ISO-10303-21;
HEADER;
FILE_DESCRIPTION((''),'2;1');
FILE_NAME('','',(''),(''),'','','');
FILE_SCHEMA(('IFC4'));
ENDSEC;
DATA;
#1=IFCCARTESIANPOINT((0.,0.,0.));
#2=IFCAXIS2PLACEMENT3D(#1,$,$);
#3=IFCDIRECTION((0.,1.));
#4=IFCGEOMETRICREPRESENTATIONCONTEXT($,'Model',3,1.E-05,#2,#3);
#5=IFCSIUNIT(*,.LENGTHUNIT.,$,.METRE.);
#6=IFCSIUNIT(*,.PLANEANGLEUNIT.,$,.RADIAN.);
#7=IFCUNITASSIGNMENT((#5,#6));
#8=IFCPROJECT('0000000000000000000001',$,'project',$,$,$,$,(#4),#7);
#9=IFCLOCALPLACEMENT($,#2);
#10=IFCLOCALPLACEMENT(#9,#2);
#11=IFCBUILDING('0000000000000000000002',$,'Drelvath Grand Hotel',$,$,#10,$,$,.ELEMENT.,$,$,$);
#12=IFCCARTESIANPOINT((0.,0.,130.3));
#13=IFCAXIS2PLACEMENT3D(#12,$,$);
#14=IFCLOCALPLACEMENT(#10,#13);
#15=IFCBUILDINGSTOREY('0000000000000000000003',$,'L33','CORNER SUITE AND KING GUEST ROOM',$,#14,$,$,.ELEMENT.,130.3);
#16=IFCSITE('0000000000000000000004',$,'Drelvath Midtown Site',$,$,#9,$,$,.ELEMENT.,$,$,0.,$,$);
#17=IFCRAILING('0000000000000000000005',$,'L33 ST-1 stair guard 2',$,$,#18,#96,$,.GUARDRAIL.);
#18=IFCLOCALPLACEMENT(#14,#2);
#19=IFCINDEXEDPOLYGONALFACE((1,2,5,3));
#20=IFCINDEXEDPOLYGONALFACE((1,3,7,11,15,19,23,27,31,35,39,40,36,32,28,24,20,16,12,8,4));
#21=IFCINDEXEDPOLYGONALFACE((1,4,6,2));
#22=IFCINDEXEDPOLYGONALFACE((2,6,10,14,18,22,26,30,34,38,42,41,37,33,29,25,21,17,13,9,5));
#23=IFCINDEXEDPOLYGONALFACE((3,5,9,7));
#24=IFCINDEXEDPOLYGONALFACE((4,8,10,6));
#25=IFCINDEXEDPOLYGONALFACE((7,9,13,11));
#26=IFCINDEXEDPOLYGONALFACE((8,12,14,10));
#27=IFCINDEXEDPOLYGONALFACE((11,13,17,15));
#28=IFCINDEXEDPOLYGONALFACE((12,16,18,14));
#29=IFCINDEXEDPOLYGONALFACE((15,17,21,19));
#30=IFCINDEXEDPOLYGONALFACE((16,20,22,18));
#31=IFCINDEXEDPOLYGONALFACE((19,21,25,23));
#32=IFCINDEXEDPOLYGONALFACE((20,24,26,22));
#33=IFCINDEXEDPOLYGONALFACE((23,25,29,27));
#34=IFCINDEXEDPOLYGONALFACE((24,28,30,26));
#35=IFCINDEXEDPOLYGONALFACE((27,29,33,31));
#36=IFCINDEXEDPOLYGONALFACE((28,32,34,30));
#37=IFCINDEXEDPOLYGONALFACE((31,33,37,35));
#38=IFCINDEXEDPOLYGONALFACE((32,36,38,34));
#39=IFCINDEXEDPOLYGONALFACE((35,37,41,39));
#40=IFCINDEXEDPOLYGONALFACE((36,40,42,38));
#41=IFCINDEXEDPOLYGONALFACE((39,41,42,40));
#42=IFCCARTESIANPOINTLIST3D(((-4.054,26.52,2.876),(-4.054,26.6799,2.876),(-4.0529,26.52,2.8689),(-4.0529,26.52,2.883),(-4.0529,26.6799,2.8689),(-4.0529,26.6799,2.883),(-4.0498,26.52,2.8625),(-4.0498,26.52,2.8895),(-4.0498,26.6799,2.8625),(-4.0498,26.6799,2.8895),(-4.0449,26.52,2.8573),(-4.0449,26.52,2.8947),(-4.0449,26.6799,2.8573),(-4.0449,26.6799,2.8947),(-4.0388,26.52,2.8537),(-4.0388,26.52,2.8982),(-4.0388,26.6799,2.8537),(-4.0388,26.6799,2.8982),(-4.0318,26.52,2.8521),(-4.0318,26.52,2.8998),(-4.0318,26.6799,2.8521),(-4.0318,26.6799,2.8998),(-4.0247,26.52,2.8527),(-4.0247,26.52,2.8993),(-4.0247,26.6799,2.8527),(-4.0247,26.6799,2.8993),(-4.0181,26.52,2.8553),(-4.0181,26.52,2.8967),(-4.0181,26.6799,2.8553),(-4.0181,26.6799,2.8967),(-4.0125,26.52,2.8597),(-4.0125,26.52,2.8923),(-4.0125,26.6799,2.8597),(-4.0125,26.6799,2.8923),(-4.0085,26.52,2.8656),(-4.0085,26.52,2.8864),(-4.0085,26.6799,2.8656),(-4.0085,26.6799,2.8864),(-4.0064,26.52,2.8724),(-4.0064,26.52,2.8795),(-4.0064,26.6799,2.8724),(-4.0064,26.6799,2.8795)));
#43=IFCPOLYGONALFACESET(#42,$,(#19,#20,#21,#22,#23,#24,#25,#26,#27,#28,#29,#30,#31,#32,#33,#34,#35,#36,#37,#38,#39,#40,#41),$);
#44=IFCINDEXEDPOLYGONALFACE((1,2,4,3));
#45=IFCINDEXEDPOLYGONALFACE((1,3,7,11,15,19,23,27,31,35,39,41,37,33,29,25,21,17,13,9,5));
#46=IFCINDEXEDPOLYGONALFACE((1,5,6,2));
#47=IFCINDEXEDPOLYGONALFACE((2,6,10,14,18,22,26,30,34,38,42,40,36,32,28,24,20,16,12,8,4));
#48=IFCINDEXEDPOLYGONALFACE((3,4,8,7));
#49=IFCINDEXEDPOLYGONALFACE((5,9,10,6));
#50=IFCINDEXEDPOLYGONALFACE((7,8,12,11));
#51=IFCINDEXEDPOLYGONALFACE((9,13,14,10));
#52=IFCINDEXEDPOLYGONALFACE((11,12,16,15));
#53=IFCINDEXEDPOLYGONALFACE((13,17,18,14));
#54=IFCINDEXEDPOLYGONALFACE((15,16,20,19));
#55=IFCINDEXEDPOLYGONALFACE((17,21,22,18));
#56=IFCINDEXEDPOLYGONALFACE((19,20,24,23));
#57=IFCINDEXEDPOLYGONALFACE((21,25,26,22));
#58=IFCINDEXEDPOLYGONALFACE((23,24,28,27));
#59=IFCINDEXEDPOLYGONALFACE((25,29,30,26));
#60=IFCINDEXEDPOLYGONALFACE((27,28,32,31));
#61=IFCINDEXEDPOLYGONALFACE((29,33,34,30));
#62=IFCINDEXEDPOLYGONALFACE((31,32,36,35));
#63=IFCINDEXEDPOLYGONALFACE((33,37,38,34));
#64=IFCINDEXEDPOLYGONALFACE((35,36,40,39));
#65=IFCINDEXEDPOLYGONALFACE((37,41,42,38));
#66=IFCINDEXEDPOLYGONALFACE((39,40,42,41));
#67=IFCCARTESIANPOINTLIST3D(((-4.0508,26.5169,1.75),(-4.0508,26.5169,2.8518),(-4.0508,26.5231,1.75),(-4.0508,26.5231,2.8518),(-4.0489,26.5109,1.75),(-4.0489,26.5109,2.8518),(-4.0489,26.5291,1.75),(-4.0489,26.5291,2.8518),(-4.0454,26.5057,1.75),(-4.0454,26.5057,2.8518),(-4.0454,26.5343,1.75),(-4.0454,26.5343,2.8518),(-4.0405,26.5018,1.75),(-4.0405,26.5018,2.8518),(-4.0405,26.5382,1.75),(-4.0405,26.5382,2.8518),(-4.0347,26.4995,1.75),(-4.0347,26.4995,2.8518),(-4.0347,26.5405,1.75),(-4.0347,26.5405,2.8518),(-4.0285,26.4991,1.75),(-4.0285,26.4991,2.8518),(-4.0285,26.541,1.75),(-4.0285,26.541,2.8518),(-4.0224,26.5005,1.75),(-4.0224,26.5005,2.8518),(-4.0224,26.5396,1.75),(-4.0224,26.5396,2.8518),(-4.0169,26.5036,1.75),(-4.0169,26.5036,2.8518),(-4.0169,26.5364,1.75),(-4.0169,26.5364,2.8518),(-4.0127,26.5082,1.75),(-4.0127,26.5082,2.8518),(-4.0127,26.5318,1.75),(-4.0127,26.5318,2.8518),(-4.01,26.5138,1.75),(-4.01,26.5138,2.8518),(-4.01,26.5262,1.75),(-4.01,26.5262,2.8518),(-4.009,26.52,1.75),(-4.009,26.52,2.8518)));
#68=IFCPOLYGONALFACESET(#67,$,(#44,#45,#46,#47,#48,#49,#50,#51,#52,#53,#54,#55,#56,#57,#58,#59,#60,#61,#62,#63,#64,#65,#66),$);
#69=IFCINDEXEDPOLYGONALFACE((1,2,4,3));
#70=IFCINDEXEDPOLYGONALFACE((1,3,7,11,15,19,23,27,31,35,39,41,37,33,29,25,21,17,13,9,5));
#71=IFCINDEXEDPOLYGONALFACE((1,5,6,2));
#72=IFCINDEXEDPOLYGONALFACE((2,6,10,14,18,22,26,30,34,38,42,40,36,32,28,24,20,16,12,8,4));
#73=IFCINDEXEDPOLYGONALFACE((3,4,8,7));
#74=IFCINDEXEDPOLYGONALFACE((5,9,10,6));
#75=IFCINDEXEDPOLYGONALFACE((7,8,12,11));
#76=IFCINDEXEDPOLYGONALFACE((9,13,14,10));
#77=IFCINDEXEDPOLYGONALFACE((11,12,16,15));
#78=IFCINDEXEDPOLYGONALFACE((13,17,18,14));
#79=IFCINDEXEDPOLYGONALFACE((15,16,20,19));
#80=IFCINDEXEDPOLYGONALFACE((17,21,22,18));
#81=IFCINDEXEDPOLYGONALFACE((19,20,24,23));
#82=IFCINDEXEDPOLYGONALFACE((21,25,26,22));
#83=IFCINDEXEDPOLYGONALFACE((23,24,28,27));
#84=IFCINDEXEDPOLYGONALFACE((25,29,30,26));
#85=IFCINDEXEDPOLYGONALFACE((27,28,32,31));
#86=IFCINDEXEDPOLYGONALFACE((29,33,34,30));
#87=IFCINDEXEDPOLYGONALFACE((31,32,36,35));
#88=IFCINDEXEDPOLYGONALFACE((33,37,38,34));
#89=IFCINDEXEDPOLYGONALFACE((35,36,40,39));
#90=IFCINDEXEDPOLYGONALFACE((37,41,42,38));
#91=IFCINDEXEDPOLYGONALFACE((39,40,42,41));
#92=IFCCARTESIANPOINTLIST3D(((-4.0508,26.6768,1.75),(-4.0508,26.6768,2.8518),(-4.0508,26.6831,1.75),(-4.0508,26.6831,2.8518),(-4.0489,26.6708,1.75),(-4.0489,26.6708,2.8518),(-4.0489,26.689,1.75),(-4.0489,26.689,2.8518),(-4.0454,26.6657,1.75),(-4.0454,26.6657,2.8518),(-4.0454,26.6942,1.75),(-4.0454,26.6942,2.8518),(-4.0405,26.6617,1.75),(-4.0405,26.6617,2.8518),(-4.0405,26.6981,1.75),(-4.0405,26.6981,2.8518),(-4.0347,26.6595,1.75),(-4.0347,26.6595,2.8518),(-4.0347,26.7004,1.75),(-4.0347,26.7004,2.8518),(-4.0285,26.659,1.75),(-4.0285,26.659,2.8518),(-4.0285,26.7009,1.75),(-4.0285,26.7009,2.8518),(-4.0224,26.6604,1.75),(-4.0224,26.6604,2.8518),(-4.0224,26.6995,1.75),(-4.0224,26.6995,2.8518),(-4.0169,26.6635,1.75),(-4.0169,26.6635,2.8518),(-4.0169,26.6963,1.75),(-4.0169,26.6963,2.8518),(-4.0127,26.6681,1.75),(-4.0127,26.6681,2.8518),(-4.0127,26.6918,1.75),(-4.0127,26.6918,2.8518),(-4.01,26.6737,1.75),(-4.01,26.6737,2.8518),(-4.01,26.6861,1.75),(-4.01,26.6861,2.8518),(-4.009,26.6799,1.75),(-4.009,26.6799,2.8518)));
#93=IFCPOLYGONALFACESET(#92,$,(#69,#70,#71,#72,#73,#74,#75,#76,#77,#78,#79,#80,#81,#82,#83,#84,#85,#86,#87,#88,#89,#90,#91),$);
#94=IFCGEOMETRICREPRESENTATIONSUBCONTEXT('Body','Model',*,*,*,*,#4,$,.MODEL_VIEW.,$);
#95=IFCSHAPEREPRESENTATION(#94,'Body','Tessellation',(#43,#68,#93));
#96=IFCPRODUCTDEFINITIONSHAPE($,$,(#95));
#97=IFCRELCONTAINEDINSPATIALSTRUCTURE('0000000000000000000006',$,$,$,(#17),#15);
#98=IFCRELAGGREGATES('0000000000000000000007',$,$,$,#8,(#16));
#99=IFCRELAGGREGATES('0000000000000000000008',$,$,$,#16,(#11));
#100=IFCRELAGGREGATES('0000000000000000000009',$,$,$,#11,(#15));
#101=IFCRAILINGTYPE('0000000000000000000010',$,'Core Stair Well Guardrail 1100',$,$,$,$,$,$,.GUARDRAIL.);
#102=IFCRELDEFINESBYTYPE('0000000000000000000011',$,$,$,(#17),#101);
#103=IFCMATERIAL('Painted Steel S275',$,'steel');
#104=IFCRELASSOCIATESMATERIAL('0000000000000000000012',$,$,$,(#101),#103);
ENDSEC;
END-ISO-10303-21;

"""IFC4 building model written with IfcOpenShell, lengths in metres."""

from ifc_helpers import new_model, si_unit, direction, frame, origin, origin_2d, place, context, subcontext, project, spatial, circle, extrude, material, type_object, element, save


model = new_model("IFC4")

# Units and contexts
model_context = context("Model", 3, precision=1e-05, world=origin(), true_north=direction((0.0, 1.0)))
body_context = subcontext(model_context, "Body", "Model", "MODEL_VIEW")
ifc_project = project(units=[si_unit("LENGTHUNIT", "METRE"), si_unit("PLANEANGLEUNIT", "RADIAN")], contexts=[model_context])

# Site, building, storey
site_placement = place(None, origin())
site = spatial("IfcSite", under=ifc_project, at=site_placement, Name="Drelvath Midtown Site", CompositionType="ELEMENT", RefElevation=0.0)
building_placement = place(site_placement, origin())
building = spatial("IfcBuilding", under=site, at=building_placement, Name="Drelvath Grand Hotel", CompositionType="ELEMENT")
storey_placement = place(building_placement, frame((0.0, 0.0, 130.3)))
storey = spatial("IfcBuildingStorey", under=building, at=storey_placement, Name="L33", Description="CORNER SUITE AND KING GUEST ROOM", CompositionType="ELEMENT", Elevation=130.3)

# Shared definitions
ifc_material_1 = material(Name="Painted Steel S275", Category="steel")

# Railing
railing_type_1 = type_object("IfcRailingType", Name="Core Stair Well Guardrail 1100", PredefinedType="GUARDRAIL", material=ifc_material_1)
railing_1_placement = place(storey_placement, frame((-4.03, 26.52, 1.75)))
element("IfcRailing", 1, at=railing_1_placement, inside=storey, type_object=railing_type_1, Name="L33 ST-1 stair guard 2", PredefinedType="GUARDRAIL", context=body_context, shape_type="SweptSolid", body=[
    extrude(circle(Radius=0.0239, at=origin_2d()), frame((0.0, 0.0, 1.126), z_axis=(0.0, 1.0, 0.0), x_axis=(-1.0, 0.0, 0.0)), (0.0, 0.0, 1.0), 0.1599),
    extrude(circle(Radius=0.021, at=origin_2d()), origin(), (0.0, 0.0, 1.0), 1.1018),
    extrude(circle(Radius=0.021, at=origin_2d()), frame((0.0, 0.1599, 0.0)), (0.0, 0.0, 1.0), 1.1018),
])

save(model, "model.ifc")
